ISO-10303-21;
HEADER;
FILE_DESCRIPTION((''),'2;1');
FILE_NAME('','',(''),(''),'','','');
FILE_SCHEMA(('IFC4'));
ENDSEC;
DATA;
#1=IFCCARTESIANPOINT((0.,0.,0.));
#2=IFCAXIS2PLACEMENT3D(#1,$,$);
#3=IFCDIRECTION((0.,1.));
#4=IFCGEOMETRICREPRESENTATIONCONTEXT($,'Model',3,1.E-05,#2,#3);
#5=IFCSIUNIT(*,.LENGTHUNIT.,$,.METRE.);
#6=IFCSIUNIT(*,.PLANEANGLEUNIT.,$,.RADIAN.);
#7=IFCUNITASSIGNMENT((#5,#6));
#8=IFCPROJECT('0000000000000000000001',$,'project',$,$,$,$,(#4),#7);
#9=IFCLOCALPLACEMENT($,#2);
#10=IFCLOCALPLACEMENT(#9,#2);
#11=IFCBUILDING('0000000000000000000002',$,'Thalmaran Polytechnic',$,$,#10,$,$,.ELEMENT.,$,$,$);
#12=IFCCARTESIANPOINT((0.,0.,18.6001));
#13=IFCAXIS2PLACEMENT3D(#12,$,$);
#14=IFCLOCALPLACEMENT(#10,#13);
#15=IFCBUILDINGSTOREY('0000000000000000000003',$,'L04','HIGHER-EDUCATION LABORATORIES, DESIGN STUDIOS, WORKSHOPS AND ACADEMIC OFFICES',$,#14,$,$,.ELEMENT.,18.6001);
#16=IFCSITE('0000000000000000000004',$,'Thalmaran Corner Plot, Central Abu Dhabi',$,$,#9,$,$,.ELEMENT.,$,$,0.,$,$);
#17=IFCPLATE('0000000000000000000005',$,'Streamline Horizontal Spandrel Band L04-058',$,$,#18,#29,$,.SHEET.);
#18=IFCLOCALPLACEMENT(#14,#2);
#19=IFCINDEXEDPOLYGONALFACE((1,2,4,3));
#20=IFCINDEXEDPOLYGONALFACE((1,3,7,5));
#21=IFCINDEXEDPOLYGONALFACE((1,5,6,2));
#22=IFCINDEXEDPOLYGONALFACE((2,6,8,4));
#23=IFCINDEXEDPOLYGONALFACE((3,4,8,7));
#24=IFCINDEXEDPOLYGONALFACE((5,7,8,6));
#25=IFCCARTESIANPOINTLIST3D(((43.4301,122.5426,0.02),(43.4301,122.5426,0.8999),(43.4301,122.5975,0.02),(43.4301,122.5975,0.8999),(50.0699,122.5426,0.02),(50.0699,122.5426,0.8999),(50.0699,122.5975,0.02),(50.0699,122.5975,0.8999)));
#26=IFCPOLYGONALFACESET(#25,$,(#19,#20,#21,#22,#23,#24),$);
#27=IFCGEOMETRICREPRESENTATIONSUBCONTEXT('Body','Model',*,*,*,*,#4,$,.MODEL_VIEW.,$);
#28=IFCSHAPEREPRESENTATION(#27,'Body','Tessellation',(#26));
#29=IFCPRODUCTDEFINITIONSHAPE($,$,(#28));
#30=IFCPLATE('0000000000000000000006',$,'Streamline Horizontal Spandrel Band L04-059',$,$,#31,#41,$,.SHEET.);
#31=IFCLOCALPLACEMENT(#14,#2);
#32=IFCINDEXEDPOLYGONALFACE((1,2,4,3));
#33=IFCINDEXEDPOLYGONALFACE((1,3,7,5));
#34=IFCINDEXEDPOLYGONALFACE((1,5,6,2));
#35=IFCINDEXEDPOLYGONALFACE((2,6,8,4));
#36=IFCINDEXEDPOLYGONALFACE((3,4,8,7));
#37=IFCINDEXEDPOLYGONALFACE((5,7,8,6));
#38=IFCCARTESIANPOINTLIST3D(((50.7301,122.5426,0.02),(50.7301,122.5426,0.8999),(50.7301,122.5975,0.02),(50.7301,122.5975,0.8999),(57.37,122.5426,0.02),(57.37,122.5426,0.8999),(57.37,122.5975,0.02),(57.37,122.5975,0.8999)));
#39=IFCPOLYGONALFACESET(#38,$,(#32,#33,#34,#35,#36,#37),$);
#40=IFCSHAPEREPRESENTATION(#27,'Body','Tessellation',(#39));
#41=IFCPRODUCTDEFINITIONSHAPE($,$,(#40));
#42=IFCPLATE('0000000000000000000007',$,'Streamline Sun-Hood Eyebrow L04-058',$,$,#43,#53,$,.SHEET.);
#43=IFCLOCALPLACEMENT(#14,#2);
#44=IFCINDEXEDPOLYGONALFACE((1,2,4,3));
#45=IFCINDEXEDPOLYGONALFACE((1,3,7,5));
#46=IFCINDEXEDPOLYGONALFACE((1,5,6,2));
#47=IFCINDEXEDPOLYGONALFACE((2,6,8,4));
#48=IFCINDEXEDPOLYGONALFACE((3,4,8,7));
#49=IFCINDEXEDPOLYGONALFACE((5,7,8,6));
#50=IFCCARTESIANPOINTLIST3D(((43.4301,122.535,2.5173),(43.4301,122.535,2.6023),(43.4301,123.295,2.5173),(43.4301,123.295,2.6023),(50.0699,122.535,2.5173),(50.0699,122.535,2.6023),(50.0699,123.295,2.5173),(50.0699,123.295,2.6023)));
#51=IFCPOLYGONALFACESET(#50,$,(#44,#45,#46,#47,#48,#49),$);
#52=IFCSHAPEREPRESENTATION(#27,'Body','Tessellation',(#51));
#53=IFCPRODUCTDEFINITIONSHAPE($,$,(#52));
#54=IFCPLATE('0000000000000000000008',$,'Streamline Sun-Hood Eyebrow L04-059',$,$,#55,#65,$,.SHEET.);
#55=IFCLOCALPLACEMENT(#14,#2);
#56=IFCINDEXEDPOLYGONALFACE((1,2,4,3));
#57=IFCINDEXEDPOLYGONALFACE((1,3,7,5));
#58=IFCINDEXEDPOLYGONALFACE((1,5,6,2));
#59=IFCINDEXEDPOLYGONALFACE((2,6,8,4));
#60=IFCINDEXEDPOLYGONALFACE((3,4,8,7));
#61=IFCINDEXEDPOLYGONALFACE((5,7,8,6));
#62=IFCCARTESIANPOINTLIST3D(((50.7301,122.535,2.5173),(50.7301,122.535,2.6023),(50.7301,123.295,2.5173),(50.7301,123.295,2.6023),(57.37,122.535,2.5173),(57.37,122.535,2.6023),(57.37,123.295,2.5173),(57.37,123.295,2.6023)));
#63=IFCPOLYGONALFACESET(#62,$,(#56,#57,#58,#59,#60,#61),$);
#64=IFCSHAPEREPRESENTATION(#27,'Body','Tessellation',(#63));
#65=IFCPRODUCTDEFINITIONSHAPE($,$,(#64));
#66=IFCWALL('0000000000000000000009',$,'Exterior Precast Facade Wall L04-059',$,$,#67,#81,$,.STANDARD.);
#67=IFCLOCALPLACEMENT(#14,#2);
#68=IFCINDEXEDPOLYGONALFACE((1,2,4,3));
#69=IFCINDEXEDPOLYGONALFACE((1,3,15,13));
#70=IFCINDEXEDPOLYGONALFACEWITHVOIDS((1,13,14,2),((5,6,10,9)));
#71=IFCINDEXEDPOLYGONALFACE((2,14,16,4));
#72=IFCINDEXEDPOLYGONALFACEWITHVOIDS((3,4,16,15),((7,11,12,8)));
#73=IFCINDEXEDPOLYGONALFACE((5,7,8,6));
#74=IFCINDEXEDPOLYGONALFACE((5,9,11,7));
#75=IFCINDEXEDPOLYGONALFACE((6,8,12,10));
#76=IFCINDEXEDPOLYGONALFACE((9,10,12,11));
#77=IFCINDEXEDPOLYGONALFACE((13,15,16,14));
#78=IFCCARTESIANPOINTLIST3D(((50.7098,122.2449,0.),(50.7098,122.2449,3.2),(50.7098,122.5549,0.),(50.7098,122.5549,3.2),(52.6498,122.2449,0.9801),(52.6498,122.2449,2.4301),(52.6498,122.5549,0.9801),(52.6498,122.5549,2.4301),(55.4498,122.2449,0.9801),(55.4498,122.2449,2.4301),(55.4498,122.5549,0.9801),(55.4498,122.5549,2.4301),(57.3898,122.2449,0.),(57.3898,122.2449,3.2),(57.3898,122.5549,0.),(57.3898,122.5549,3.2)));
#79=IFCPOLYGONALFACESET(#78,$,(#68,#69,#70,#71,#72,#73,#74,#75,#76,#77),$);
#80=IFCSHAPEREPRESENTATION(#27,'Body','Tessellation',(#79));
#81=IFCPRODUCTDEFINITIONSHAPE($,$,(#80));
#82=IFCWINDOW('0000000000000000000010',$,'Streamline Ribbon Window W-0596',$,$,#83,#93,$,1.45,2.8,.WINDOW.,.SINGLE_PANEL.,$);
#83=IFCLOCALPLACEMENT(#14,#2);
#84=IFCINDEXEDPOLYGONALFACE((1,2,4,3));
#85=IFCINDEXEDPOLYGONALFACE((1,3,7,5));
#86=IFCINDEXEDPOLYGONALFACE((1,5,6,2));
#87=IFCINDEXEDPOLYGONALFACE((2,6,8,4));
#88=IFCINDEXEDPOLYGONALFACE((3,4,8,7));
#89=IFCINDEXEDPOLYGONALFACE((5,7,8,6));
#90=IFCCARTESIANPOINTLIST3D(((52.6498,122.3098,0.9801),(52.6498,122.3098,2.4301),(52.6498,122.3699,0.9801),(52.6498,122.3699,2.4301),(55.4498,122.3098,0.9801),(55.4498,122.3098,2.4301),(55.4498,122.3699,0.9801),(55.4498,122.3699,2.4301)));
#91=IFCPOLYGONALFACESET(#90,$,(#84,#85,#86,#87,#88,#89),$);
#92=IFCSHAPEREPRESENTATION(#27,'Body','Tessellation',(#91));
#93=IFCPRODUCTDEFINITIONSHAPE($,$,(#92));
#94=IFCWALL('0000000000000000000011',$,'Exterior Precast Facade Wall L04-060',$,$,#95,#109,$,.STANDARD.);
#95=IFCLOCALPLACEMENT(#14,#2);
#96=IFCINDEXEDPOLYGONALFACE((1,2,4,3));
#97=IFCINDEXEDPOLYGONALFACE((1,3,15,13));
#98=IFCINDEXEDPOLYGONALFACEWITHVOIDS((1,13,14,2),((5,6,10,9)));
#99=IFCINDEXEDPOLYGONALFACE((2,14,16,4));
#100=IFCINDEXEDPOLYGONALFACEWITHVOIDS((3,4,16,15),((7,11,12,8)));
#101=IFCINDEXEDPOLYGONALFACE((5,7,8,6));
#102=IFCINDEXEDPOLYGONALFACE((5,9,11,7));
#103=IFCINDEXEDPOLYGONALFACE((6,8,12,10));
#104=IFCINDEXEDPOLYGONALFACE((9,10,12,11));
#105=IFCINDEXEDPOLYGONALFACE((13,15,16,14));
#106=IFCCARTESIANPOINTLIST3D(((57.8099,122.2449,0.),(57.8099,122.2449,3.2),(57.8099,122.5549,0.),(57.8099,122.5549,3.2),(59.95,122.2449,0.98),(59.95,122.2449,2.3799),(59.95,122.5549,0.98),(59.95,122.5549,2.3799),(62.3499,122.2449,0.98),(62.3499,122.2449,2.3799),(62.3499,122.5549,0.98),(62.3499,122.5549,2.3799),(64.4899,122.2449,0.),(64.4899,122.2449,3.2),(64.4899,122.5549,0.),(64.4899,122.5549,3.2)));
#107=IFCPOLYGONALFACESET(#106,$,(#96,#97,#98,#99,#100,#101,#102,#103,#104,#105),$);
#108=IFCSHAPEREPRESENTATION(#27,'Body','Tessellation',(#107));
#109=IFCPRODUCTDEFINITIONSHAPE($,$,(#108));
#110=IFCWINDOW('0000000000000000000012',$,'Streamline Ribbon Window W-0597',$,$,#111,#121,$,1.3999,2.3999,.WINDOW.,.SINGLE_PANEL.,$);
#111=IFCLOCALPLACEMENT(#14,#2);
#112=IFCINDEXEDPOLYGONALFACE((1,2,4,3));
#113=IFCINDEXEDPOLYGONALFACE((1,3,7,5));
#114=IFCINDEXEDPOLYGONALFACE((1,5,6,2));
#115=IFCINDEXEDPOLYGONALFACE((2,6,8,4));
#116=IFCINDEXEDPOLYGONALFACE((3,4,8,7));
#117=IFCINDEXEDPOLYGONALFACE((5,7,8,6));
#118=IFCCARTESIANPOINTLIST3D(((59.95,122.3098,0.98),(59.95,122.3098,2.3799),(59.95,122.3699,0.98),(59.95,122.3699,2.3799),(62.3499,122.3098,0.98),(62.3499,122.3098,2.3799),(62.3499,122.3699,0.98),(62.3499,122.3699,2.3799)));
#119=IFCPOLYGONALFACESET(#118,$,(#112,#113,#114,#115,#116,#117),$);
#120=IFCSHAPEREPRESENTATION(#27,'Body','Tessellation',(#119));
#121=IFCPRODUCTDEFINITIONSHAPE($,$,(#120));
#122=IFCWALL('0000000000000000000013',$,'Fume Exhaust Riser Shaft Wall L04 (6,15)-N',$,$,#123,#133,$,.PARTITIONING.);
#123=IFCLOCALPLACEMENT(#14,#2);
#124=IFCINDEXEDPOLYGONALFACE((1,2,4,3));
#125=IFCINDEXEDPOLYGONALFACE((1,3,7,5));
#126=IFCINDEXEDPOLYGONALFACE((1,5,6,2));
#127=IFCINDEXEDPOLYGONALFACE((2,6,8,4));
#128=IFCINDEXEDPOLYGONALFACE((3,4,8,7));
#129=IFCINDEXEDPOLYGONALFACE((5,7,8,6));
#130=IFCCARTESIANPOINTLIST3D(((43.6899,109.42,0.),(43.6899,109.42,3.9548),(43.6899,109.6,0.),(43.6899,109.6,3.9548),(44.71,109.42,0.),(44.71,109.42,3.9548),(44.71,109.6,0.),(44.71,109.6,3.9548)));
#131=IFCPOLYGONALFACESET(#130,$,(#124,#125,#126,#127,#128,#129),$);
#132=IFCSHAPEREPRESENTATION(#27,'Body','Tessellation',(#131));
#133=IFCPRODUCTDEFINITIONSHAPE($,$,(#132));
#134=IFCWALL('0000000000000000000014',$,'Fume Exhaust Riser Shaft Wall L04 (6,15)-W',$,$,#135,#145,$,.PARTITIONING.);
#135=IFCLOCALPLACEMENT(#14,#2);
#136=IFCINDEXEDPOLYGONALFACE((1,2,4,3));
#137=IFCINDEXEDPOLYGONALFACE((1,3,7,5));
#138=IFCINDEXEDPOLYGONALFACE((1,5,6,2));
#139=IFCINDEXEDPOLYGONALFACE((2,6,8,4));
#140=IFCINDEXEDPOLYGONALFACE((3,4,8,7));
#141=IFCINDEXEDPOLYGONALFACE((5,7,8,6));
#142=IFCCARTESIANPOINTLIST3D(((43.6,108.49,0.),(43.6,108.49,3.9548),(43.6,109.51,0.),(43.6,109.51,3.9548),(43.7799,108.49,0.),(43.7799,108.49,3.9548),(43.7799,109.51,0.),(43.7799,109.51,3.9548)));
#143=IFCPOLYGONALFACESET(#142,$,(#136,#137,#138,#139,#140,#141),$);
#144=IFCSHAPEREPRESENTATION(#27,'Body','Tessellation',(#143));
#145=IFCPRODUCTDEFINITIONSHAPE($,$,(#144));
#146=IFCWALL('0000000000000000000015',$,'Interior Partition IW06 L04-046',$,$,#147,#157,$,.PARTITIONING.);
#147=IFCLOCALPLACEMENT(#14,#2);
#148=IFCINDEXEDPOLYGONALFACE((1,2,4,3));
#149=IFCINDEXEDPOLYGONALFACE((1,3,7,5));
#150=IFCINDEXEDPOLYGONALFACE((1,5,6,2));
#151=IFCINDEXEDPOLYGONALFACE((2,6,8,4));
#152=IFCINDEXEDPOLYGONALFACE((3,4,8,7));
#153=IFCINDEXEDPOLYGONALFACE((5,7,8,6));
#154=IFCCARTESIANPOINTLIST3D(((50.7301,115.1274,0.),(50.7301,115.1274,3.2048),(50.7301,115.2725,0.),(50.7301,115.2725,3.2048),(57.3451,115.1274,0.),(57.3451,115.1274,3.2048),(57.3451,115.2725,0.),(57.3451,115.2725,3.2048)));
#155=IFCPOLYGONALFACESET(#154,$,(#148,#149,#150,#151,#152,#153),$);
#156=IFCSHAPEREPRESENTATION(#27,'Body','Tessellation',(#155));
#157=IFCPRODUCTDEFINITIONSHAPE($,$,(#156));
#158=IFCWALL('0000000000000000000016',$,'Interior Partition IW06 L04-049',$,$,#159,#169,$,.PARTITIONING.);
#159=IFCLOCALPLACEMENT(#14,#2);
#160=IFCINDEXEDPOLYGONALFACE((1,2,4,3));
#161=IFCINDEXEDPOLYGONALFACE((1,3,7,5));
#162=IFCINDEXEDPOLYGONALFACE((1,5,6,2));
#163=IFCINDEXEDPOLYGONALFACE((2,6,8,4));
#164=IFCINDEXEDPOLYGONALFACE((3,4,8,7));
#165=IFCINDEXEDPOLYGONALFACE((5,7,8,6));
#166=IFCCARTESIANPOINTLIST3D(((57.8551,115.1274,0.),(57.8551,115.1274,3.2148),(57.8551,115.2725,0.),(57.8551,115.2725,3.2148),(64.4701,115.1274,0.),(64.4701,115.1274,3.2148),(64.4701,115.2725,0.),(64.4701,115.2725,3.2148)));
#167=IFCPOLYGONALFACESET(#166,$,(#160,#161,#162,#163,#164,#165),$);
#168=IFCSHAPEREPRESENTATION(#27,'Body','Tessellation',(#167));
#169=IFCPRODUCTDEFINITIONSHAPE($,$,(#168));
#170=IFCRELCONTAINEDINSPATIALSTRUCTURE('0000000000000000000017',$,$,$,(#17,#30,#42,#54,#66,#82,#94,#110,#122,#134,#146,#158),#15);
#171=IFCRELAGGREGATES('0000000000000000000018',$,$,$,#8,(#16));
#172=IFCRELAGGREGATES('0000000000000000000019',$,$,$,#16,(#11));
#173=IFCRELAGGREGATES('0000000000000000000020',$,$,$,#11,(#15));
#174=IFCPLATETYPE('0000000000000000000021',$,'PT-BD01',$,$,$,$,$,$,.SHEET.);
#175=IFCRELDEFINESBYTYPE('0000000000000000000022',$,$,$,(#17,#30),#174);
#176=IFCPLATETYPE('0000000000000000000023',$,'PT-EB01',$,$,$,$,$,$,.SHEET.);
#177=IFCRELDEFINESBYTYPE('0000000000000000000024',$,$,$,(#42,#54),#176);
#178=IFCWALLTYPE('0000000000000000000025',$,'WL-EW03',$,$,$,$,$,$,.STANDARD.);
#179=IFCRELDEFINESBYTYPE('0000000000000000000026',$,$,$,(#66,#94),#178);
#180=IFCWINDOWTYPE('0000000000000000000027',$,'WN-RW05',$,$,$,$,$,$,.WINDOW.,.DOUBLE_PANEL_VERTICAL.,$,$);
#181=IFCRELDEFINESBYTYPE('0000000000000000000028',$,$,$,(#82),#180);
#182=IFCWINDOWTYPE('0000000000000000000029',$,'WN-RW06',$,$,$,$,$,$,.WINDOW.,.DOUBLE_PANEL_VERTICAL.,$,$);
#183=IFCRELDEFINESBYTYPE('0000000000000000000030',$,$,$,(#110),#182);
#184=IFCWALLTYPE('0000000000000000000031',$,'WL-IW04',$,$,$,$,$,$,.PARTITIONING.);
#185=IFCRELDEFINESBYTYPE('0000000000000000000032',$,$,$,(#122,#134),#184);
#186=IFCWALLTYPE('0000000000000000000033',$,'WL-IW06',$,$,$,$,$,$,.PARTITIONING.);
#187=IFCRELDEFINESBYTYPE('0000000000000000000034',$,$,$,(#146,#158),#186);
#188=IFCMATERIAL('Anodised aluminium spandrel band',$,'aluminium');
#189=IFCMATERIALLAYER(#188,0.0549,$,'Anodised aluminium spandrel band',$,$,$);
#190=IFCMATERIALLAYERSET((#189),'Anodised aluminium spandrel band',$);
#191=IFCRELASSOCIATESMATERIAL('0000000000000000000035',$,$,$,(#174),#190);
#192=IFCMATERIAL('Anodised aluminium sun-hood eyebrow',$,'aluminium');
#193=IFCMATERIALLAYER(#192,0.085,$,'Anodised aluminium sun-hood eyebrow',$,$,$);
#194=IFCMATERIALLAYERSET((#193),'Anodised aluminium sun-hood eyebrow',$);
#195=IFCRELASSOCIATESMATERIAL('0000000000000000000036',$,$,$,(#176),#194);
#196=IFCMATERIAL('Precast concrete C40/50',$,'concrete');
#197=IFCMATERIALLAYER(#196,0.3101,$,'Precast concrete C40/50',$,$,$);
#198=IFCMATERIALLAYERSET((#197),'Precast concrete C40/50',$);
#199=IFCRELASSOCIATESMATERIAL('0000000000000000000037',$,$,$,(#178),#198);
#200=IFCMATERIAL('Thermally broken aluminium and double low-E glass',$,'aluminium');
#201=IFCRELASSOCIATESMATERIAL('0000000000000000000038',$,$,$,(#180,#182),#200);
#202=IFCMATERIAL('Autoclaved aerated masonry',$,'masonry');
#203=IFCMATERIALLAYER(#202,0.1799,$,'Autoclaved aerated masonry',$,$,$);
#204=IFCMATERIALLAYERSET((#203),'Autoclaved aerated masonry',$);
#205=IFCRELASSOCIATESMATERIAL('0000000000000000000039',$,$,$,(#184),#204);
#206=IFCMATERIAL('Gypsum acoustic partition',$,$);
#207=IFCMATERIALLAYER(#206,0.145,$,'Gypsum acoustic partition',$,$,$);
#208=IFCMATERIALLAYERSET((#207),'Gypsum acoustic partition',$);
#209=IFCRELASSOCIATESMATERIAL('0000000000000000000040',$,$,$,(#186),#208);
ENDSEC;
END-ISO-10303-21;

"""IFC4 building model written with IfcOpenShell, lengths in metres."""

from ifc_helpers import new_model, si_unit, direction, frame, frame_2d, origin, origin_2d, place, context, subcontext, project, spatial, rectangle, extrude, material, layer, layer_set, type_object, element, fill, save


model = new_model("IFC4")

# Units and contexts
model_context = context("Model", 3, precision=1e-05, world=origin(), true_north=direction((0.0, 1.0)))
body_context = subcontext(model_context, "Body", "Model", "MODEL_VIEW")
ifc_project = project(units=[si_unit("LENGTHUNIT", "METRE"), si_unit("PLANEANGLEUNIT", "RADIAN")], contexts=[model_context])

# Site, building, storey
site_placement = place(None, origin())
site = spatial("IfcSite", under=ifc_project, at=site_placement, Name="Thalmaran Corner Plot, Central Abu Dhabi", CompositionType="ELEMENT", RefElevation=0.0)
building_placement = place(site_placement, origin())
building = spatial("IfcBuilding", under=site, at=building_placement, Name="Thalmaran Polytechnic", CompositionType="ELEMENT")
storey_placement = place(building_placement, frame((0.0, 0.0, 18.6001)))
storey = spatial("IfcBuildingStorey", under=building, at=storey_placement, Name="L04", Description="HIGHER-EDUCATION LABORATORIES, DESIGN STUDIOS, WORKSHOPS AND ACADEMIC OFFICES", CompositionType="ELEMENT", Elevation=18.6001)

# Plates
ifc_material_1 = material(Name="Anodised aluminium spandrel band", Category="aluminium")
ifc_layer_1 = layer(ifc_material_1, 0.0549, Name="Anodised aluminium spandrel band")
ifc_layer_set_1 = layer_set([ifc_layer_1], Name="Anodised aluminium spandrel band")
plate_type_1 = type_object("IfcPlateType", Name="PT-BD01", PredefinedType="SHEET", material=ifc_layer_set_1)
for number, where, z_axis, x_axis, name in (
    (1, (46.75, 122.5701, 0.02), (0.0, 0.0, 1.0), (1.0, 0.0, 0.0), "Streamline Horizontal Spandrel Band L04-058"),
    (2, (54.05, 122.5701, 0.02), (0.0, 0.0, 1.0), (1.0, 0.0, 0.0), "Streamline Horizontal Spandrel Band L04-059"),
):
    element("IfcPlate", number, at=place(storey_placement, frame(where, z_axis=z_axis, x_axis=x_axis)), inside=storey, type_object=plate_type_1, Name=name, PredefinedType="SHEET", context=body_context, shape_type="SweptSolid", body=[
        extrude(rectangle(XDim=6.6399, YDim=0.0549, at=origin_2d()), origin(), (0.0, 0.0, 1.0), 0.8799),
    ])
ifc_material_2 = material(Name="Anodised aluminium sun-hood eyebrow", Category="aluminium")
ifc_layer_2 = layer(ifc_material_2, 0.085, Name="Anodised aluminium sun-hood eyebrow")
ifc_layer_set_2 = layer_set([ifc_layer_2], Name="Anodised aluminium sun-hood eyebrow")
plate_type_2 = type_object("IfcPlateType", Name="PT-EB01", PredefinedType="SHEET", material=ifc_layer_set_2)
for number, where, z_axis, x_axis, name in (
    (3, (46.75, 122.915, 2.5173), (0.0, 0.0, 1.0), (1.0, 0.0, 0.0), "Streamline Sun-Hood Eyebrow L04-058"),
    (4, (54.05, 122.915, 2.5173), (0.0, 0.0, 1.0), (1.0, 0.0, 0.0), "Streamline Sun-Hood Eyebrow L04-059"),
):
    element("IfcPlate", number, at=place(storey_placement, frame(where, z_axis=z_axis, x_axis=x_axis)), inside=storey, type_object=plate_type_2, Name=name, PredefinedType="SHEET", context=body_context, shape_type="SweptSolid", body=[
        extrude(rectangle(XDim=6.6399, YDim=0.76, at=origin_2d()), origin(), (0.0, 0.0, 1.0), 0.085),
    ])

# Walls, openings, windows
ifc_material_3 = material(Name="Precast concrete C40/50", Category="concrete")
ifc_layer_3 = layer(ifc_material_3, 0.3101, Name="Precast concrete C40/50")
ifc_layer_set_3 = layer_set([ifc_layer_3], Name="Precast concrete C40/50")
wall_type_1 = type_object("IfcWallType", Name="WL-EW03", PredefinedType="STANDARD", material=ifc_layer_set_3)
wall_1_placement = place(storey_placement, frame((50.71, 122.3999, 0.0), z_axis=(0.0, 0.0, 1.0), x_axis=(1.0, 0.0, 0.0)))
wall_1 = element("IfcWall", 5, at=wall_1_placement, inside=storey, type_object=wall_type_1, Name="Exterior Precast Facade Wall L04-059", PredefinedType="STANDARD", context=body_context, shape_type="SweptSolid", body=[
    extrude(rectangle(XDim=6.6799, YDim=0.3101, at=frame_2d((3.3398, 0.0))), origin(), (0.0, 0.0, 1.0), 3.2),
])
opening_1_placement = place(wall_1_placement, frame((1.9399, 0.0, 0.98)))
opening_1 = element("IfcOpeningElement", 6, at=opening_1_placement, cuts=wall_1, PredefinedType="OPENING", context=body_context, shape_type="SweptSolid", body=[
    extrude(rectangle(XDim=2.8, YDim=1.45, at=frame_2d((1.3999, 0.7251))), frame((0.0, 0.165, 0.0), z_axis=(0.0, -1.0, 0.0), x_axis=(1.0, 0.0, 0.0)), (0.0, 0.0, 1.0), 0.3301),
])
ifc_material_4 = material(Name="Thermally broken aluminium and double low-E glass", Category="aluminium")
window_type_1 = type_object("IfcWindowType", Name="WN-RW05", PartitioningType="DOUBLE_PANEL_VERTICAL", PredefinedType="WINDOW", material=ifc_material_4)
window_1_placement = place(opening_1_placement, origin())
window_1 = element("IfcWindow", 7, at=window_1_placement, inside=storey, type_object=window_type_1, Name="Streamline Ribbon Window W-0596", OverallHeight=1.45, OverallWidth=2.8, PartitioningType="SINGLE_PANEL", PredefinedType="WINDOW", context=body_context, shape_type="SweptSolid", body=[
    extrude(rectangle(XDim=2.8, YDim=1.45, at=frame_2d((1.3999, 0.7251))), frame((0.0, -0.03, 0.0), z_axis=(0.0, -1.0, 0.0), x_axis=(1.0, 0.0, 0.0)), (0.0, 0.0, 1.0), 0.0601),
])
fill(opening_1, window_1)
wall_2_placement = place(storey_placement, frame((57.8101, 122.3999, 0.0), z_axis=(0.0, 0.0, 1.0), x_axis=(1.0, 0.0, 0.0)))
wall_2 = element("IfcWall", 8, at=wall_2_placement, inside=storey, type_object=wall_type_1, Name="Exterior Precast Facade Wall L04-060", PredefinedType="STANDARD", context=body_context, shape_type="SweptSolid", body=[
    extrude(rectangle(XDim=6.6799, YDim=0.3101, at=frame_2d((3.3398, 0.0))), origin(), (0.0, 0.0, 1.0), 3.2),
])
opening_2_placement = place(wall_2_placement, frame((2.1399, 0.0, 0.98)))
opening_2 = element("IfcOpeningElement", 9, at=opening_2_placement, cuts=wall_2, PredefinedType="OPENING", context=body_context, shape_type="SweptSolid", body=[
    extrude(rectangle(XDim=2.3999, YDim=1.3999, at=frame_2d((1.2, 0.7))), frame((0.0, 0.165, 0.0), z_axis=(0.0, -1.0, 0.0), x_axis=(1.0, 0.0, 0.0)), (0.0, 0.0, 1.0), 0.3301),
])
window_type_2 = type_object("IfcWindowType", Name="WN-RW06", PartitioningType="DOUBLE_PANEL_VERTICAL", PredefinedType="WINDOW", material=ifc_material_4)
window_2_placement = place(opening_2_placement, origin())
window_2 = element("IfcWindow", 10, at=window_2_placement, inside=storey, type_object=window_type_2, Name="Streamline Ribbon Window W-0597", OverallHeight=1.3999, OverallWidth=2.3999, PartitioningType="SINGLE_PANEL", PredefinedType="WINDOW", context=body_context, shape_type="SweptSolid", body=[
    extrude(rectangle(XDim=2.3999, YDim=1.3999, at=frame_2d((1.2, 0.7))), frame((0.0, -0.03, 0.0), z_axis=(0.0, -1.0, 0.0), x_axis=(1.0, 0.0, 0.0)), (0.0, 0.0, 1.0), 0.0601),
])
fill(opening_2, window_2)

# Walls
ifc_material_5 = material(Name="Autoclaved aerated masonry", Category="masonry")
ifc_layer_4 = layer(ifc_material_5, 0.1799, Name="Autoclaved aerated masonry")
ifc_layer_set_4 = layer_set([ifc_layer_4], Name="Autoclaved aerated masonry")
wall_type_2 = type_object("IfcWallType", Name="WL-IW04", PredefinedType="PARTITIONING", material=ifc_layer_set_4)
for number, where, z_axis, x_axis, name in (
    (11, (44.71, 109.51, 0.0), (0.0, 0.0, 1.0), (-1.0, 0.0, 0.0), "Fume Exhaust Riser Shaft Wall L04 (6,15)-N"),
    (12, (43.6899, 109.51, 0.0), (0.0, 0.0, 1.0), (0.0, -1.0, 0.0), "Fume Exhaust Riser Shaft Wall L04 (6,15)-W"),
):
    element("IfcWall", number, at=place(storey_placement, frame(where, z_axis=z_axis, x_axis=x_axis)), inside=storey, type_object=wall_type_2, Name=name, PredefinedType="PARTITIONING", context=body_context, shape_type="SweptSolid", body=[
        extrude(rectangle(XDim=1.02, YDim=0.1799, at=frame_2d((0.51, 0.0))), origin(), (0.0, 0.0, 1.0), 3.9548),
    ])
ifc_material_6 = material(Name="Gypsum acoustic partition")
ifc_layer_5 = layer(ifc_material_6, 0.145, Name="Gypsum acoustic partition")
ifc_layer_set_5 = layer_set([ifc_layer_5], Name="Gypsum acoustic partition")
wall_type_3 = type_object("IfcWallType", Name="WL-IW06", PredefinedType="PARTITIONING", material=ifc_layer_set_5)
wall_3_placement = place(storey_placement, frame((50.73, 115.2, 0.0), z_axis=(0.0, 0.0, 1.0), x_axis=(1.0, 0.0, 0.0)))
element("IfcWall", 13, at=wall_3_placement, inside=storey, type_object=wall_type_3, Name="Interior Partition IW06 L04-046", PredefinedType="PARTITIONING", context=body_context, shape_type="SweptSolid", body=[
    extrude(rectangle(XDim=6.615, YDim=0.145, at=frame_2d((3.3076, 0.0))), origin(), (0.0, 0.0, 1.0), 3.2048),
])
wall_4_placement = place(storey_placement, frame((57.855, 115.2, 0.0), z_axis=(0.0, 0.0, 1.0), x_axis=(1.0, 0.0, 0.0)))
element("IfcWall", 14, at=wall_4_placement, inside=storey, type_object=wall_type_3, Name="Interior Partition IW06 L04-049", PredefinedType="PARTITIONING", context=body_context, shape_type="SweptSolid", body=[
    extrude(rectangle(XDim=6.615, YDim=0.145, at=frame_2d((3.3076, 0.0))), origin(), (0.0, 0.0, 1.0), 3.2148),
])

save(model, "model.ifc")
